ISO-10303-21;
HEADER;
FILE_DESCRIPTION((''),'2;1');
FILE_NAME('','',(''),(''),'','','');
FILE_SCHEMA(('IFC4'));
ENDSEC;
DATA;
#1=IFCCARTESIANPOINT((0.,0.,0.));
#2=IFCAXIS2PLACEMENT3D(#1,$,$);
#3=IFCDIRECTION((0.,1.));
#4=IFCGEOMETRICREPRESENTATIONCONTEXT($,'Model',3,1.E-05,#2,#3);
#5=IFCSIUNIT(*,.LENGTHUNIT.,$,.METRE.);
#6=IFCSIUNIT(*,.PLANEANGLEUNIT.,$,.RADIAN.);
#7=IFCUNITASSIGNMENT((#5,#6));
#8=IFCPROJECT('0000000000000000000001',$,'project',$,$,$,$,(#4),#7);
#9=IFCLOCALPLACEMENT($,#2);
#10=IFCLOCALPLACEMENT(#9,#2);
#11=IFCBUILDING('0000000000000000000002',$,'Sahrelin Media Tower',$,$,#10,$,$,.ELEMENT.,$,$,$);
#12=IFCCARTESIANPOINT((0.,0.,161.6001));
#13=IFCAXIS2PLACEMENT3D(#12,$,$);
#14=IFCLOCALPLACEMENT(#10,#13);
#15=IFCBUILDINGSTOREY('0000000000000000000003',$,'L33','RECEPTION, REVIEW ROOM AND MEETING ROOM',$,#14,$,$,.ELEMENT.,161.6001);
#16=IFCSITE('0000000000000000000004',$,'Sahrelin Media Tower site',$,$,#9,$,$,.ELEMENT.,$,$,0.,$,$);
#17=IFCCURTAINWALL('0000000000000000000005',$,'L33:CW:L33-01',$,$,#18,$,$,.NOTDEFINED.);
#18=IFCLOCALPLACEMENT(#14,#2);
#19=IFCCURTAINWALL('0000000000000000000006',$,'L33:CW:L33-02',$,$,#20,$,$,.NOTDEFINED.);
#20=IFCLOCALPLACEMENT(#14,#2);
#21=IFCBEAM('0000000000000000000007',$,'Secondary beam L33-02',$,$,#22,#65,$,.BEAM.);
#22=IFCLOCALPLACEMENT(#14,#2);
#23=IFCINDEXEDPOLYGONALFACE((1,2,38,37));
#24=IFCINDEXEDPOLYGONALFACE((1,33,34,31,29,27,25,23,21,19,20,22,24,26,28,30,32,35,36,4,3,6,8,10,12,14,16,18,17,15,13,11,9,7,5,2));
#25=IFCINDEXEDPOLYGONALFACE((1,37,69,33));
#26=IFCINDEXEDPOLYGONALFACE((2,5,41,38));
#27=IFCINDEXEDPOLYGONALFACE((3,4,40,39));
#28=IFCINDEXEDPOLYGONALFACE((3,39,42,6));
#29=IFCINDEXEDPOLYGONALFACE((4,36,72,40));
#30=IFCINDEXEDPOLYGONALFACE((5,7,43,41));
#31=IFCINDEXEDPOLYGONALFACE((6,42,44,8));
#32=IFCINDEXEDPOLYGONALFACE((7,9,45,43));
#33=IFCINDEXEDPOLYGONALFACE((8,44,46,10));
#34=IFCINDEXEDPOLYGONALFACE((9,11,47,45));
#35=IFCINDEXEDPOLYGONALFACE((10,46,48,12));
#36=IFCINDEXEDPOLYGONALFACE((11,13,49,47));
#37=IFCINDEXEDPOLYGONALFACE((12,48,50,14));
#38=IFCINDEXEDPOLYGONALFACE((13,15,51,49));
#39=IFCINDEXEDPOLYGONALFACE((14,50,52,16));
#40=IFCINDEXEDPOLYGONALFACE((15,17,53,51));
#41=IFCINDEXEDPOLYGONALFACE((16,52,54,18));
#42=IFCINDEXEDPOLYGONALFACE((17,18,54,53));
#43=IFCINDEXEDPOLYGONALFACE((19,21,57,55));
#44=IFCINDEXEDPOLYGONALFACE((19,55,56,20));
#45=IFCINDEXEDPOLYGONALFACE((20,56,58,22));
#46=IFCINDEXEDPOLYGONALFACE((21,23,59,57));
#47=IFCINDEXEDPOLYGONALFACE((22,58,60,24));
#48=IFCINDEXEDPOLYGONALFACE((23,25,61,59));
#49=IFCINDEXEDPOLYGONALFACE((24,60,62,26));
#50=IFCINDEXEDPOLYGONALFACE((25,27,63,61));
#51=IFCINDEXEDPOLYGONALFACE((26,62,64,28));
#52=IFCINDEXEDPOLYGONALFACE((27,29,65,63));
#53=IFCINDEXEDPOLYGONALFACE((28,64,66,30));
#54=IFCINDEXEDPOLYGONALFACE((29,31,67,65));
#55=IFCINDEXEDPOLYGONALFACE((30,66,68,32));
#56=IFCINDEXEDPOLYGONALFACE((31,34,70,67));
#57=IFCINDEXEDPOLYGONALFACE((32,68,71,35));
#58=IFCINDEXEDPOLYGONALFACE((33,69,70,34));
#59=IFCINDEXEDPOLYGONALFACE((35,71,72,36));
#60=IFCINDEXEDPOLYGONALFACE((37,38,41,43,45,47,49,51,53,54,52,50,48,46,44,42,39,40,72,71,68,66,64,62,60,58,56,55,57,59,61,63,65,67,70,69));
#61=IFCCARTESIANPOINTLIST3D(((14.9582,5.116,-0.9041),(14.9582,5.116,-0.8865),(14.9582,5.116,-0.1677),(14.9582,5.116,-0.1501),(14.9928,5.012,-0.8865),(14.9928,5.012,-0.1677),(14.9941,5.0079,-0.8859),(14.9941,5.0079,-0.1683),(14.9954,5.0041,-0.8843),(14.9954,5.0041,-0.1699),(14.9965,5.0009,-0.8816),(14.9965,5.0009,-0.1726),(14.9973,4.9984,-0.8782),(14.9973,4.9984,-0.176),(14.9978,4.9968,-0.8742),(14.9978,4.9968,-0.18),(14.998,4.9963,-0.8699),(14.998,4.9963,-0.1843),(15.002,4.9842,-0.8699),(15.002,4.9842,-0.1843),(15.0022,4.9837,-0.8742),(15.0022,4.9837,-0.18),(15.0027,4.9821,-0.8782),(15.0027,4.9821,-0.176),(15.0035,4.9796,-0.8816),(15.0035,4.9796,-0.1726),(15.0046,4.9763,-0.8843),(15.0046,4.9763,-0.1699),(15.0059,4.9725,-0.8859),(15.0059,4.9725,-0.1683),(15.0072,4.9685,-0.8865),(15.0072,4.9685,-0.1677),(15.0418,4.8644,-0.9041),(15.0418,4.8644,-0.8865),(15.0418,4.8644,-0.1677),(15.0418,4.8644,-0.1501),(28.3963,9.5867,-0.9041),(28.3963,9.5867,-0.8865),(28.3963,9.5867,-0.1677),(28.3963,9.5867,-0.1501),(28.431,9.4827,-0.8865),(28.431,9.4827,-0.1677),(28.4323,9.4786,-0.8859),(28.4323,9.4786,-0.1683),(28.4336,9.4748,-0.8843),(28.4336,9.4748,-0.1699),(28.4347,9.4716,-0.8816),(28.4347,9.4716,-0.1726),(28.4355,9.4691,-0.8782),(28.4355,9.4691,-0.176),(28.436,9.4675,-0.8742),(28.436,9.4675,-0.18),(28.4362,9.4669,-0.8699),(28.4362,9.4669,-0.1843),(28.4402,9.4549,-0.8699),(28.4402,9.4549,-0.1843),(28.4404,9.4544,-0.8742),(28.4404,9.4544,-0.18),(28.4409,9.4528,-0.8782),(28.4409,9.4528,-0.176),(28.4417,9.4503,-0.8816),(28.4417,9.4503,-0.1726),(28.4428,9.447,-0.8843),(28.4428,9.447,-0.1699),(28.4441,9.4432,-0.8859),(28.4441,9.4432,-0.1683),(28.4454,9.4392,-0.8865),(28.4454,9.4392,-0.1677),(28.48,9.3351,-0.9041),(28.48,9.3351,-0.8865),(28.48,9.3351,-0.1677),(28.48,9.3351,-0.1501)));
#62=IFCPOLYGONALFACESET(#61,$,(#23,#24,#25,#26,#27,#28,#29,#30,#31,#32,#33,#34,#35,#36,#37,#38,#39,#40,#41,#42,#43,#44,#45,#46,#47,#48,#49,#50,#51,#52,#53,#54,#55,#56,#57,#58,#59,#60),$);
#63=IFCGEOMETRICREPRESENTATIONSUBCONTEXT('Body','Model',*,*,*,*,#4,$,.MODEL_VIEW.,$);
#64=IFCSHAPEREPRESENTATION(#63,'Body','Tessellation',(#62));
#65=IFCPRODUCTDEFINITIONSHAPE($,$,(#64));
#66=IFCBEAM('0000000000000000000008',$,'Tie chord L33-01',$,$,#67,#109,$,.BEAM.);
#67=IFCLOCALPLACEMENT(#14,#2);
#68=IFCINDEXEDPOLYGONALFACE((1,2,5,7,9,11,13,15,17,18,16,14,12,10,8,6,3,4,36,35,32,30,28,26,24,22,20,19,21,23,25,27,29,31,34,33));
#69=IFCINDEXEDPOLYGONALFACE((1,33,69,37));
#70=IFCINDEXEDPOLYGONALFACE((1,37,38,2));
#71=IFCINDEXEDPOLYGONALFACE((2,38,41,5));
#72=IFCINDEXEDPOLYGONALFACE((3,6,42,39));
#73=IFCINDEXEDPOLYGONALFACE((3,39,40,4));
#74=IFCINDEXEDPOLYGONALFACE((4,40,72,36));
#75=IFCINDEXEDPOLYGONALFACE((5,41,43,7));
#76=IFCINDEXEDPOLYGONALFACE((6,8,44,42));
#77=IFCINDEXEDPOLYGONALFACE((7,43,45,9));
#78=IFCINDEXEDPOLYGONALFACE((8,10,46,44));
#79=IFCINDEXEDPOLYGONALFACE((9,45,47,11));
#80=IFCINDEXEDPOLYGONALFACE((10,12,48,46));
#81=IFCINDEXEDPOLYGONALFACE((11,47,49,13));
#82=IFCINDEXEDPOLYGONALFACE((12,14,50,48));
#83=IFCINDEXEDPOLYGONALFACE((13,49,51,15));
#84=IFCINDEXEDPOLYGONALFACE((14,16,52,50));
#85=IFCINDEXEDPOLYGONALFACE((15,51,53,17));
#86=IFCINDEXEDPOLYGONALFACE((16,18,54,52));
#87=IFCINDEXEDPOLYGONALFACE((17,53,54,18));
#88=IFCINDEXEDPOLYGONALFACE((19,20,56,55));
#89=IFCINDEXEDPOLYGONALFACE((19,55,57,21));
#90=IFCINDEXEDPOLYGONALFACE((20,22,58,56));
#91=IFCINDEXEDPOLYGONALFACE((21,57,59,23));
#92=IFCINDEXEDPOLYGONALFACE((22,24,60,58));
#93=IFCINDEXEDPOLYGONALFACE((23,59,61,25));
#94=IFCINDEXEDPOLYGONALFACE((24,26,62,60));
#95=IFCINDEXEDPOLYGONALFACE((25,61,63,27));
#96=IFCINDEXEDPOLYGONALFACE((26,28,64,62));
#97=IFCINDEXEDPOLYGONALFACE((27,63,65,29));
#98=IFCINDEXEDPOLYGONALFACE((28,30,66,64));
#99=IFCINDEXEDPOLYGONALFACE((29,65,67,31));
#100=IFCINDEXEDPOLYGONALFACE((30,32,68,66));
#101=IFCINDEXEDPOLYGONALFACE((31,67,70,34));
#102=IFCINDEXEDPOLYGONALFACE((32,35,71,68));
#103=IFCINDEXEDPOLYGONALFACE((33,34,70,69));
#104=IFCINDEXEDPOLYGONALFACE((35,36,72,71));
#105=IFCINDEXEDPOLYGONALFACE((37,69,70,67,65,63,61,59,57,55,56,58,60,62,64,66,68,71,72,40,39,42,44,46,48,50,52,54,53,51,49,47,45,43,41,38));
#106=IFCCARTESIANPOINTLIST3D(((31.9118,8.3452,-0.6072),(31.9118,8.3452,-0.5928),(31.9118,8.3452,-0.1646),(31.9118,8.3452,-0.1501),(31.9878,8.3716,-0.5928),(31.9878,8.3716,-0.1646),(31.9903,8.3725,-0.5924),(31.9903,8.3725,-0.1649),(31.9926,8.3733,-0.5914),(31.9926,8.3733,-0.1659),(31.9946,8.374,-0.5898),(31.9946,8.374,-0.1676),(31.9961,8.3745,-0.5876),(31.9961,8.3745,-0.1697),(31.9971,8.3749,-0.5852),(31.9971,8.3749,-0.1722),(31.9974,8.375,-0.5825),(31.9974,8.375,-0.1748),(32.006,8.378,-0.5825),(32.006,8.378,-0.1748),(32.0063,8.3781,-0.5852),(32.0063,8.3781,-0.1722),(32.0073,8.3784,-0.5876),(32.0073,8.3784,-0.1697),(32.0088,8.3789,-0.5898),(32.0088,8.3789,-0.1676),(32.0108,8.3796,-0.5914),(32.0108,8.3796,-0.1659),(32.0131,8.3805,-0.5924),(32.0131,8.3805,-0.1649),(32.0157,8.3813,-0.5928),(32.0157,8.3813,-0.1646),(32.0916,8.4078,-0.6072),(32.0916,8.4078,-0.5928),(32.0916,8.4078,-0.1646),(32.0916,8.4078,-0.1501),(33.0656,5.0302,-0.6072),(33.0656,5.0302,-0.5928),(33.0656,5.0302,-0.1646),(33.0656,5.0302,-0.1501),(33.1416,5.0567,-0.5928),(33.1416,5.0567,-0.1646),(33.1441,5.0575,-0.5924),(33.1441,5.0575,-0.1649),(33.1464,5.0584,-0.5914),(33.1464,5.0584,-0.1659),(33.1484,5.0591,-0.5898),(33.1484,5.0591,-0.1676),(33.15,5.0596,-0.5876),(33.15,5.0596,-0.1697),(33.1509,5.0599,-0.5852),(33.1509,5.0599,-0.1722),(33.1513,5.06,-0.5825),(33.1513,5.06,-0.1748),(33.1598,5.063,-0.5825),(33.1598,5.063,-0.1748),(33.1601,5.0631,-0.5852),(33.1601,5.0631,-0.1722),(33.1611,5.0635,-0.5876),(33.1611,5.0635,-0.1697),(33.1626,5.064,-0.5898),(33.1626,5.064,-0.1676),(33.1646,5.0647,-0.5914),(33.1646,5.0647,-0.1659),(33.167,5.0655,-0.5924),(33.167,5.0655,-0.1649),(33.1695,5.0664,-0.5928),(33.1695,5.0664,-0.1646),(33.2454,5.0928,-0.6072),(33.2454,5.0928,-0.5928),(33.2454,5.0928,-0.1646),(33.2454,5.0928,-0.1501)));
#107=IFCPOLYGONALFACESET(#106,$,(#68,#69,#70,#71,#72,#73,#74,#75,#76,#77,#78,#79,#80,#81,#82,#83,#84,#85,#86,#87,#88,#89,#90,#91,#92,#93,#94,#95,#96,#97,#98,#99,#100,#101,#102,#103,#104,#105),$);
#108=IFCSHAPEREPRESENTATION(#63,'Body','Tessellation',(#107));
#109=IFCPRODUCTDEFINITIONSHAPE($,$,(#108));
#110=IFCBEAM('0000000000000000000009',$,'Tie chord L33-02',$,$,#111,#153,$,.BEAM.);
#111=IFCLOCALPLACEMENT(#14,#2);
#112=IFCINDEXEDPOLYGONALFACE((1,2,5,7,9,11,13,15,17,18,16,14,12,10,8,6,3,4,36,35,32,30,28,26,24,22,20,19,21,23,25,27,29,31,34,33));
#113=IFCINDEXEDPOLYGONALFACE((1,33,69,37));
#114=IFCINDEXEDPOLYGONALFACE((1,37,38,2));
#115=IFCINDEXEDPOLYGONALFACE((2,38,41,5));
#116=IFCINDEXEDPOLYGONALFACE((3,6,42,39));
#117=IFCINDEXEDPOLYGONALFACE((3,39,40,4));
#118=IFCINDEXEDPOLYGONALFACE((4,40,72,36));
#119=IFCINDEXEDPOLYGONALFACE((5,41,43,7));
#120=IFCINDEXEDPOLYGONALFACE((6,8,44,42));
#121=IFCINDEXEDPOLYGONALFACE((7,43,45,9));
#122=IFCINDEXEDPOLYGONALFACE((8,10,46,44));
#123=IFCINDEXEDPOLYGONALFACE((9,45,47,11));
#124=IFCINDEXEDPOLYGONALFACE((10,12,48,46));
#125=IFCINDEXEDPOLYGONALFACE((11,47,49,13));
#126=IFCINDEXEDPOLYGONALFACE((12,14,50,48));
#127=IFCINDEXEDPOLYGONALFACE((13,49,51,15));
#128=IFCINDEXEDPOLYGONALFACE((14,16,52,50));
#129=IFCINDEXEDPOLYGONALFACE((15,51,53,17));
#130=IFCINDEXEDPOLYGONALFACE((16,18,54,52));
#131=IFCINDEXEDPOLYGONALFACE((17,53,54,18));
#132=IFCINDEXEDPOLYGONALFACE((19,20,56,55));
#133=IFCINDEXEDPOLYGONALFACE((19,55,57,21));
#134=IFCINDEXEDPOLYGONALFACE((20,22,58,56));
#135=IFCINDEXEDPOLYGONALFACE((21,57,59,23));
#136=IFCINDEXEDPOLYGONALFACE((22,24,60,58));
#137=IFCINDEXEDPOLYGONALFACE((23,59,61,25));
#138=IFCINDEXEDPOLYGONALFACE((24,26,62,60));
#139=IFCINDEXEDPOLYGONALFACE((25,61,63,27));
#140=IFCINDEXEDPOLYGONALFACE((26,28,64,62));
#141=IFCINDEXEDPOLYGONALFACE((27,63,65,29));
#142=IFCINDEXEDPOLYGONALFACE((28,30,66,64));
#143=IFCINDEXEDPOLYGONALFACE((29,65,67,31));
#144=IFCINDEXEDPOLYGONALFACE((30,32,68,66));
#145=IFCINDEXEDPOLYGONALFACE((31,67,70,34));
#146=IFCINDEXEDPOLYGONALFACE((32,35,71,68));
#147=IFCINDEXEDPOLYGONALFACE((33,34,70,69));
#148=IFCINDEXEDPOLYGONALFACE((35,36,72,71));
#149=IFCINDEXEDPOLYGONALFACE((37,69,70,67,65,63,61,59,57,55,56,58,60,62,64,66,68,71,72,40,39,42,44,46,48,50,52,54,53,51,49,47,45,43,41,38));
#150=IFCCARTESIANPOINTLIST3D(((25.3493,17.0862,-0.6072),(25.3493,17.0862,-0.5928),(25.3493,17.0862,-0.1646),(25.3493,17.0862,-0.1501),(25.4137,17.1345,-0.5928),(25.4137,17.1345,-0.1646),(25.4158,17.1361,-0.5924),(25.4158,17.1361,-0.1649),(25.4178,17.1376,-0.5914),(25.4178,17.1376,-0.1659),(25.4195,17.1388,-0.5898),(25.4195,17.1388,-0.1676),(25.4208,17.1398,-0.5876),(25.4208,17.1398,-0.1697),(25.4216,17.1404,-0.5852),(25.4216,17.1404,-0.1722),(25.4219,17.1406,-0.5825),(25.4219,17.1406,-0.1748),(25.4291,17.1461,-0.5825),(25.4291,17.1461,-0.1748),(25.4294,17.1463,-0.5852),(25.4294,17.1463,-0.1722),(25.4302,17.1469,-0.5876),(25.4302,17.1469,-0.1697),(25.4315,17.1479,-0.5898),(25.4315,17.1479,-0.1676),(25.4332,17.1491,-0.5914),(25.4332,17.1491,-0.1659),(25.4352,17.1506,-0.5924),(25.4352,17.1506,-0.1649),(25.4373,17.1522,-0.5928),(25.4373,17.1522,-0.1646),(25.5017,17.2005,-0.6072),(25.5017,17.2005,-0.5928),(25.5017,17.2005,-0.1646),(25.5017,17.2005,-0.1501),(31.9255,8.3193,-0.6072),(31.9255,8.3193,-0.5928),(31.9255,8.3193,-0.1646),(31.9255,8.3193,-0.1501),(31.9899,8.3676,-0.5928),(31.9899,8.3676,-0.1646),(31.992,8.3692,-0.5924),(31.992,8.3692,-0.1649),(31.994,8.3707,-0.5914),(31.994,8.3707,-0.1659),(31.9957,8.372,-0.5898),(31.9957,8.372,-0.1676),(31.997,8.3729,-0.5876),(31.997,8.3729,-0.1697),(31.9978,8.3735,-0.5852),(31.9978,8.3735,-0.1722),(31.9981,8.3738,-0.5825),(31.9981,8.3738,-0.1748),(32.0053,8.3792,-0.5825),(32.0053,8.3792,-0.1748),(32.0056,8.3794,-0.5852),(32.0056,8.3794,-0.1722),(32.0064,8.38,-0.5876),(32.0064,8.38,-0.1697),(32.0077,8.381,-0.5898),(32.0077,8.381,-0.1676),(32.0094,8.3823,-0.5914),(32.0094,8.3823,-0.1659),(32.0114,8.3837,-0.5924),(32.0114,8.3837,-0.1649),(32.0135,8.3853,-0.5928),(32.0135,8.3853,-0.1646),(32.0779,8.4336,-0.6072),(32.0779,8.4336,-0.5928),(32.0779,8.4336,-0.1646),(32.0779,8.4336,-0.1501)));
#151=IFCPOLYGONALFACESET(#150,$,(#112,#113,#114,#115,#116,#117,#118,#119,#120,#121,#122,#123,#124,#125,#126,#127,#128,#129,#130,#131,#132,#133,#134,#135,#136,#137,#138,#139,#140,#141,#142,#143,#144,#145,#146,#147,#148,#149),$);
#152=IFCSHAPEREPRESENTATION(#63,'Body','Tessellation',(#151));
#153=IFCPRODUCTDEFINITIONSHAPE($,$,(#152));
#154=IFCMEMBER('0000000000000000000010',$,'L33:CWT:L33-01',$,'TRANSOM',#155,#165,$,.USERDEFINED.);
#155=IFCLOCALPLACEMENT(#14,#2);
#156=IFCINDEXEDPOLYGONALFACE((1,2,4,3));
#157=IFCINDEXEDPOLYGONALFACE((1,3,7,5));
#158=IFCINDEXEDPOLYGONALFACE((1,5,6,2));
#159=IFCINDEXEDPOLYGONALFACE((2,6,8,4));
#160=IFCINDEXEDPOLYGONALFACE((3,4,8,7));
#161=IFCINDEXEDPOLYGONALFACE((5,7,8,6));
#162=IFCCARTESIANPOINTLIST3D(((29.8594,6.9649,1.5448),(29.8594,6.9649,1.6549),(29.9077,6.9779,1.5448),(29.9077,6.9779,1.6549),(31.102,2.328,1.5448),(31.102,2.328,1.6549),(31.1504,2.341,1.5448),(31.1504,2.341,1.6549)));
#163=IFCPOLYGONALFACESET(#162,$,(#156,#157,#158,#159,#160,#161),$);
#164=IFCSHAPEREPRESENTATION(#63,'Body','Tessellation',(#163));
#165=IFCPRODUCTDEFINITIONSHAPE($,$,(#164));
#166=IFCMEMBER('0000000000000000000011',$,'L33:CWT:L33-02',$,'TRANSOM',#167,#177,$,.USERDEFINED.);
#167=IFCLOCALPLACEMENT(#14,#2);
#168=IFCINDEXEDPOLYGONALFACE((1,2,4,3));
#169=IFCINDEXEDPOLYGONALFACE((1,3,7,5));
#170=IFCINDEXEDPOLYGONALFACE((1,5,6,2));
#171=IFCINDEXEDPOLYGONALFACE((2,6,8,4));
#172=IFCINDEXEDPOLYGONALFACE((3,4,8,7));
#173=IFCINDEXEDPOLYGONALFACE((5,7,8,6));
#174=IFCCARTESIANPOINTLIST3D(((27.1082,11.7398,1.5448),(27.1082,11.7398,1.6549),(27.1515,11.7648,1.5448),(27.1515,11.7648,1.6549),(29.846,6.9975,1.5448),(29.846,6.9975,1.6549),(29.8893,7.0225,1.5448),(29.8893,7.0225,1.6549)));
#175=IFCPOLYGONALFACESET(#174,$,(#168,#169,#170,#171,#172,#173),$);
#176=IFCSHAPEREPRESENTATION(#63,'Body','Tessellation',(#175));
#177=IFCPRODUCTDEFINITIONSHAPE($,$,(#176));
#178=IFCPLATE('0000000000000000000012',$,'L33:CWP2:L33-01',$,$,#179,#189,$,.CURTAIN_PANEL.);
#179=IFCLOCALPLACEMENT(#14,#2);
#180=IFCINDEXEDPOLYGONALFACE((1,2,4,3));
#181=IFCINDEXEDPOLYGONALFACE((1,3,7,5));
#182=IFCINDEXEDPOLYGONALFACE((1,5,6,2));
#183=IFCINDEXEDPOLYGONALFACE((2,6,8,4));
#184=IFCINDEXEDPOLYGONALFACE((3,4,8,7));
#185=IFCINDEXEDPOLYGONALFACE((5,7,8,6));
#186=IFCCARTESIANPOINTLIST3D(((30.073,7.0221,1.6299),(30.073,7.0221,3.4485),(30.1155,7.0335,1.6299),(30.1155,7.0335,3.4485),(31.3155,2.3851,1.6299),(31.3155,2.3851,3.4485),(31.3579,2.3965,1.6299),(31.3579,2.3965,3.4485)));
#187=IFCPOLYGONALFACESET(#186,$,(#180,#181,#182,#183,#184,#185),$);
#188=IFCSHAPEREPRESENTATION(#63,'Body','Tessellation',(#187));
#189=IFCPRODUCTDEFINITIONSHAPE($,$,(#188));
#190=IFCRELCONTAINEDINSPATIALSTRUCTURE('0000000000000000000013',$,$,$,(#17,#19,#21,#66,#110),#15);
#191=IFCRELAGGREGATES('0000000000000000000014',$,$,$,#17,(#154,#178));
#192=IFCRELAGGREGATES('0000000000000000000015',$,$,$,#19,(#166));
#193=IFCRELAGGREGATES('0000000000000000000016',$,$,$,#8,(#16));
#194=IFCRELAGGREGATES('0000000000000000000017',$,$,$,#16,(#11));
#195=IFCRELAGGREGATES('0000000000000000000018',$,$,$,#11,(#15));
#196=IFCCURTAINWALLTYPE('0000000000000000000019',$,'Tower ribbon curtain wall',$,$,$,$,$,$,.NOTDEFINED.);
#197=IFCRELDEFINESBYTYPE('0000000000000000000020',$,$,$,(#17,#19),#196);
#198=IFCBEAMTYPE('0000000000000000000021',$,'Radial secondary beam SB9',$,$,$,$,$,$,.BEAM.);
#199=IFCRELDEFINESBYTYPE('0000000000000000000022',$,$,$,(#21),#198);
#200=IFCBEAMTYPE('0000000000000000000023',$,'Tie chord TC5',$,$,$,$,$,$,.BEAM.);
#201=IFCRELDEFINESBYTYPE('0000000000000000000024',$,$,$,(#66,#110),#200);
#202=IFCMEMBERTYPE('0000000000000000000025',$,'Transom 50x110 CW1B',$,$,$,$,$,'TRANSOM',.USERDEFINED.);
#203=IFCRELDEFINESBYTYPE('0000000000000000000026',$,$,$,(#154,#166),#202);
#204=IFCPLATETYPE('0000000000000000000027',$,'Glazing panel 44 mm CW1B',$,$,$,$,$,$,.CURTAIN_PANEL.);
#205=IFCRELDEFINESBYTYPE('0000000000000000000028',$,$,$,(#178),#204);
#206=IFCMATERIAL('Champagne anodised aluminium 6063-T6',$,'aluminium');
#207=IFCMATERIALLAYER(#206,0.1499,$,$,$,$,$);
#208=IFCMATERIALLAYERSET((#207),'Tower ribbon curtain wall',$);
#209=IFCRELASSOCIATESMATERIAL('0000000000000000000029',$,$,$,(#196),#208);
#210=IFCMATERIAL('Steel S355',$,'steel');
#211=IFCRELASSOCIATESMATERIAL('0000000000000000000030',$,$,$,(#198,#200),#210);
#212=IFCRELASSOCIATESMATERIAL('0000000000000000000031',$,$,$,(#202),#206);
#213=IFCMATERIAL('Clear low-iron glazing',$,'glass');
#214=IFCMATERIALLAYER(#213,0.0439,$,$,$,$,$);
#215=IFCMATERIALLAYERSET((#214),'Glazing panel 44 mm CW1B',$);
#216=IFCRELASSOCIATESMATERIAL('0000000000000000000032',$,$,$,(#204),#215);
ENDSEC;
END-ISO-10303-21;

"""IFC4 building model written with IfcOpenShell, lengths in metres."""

from ifc_helpers import new_model, si_unit, direction, frame, origin, origin_2d, place, context, subcontext, project, spatial, polyline, rectangle, i_section, outline, extrude, material, layer, layer_set, material_profile, profile_set, type_object, element, aggregate, save


model = new_model("IFC4")

# Units and contexts
model_context = context("Model", 3, precision=1e-05, world=origin(), true_north=direction((0.0, 1.0)))
body_context = subcontext(model_context, "Body", "Model", "MODEL_VIEW")
ifc_project = project(units=[si_unit("LENGTHUNIT", "METRE"), si_unit("PLANEANGLEUNIT", "RADIAN")], contexts=[model_context])

# Site, building, storey
site_placement = place(None, origin())
site = spatial("IfcSite", under=ifc_project, at=site_placement, Name="Sahrelin Media Tower site", CompositionType="ELEMENT", RefElevation=0.0)
building_placement = place(site_placement, origin())
building = spatial("IfcBuilding", under=site, at=building_placement, Name="Sahrelin Media Tower", CompositionType="ELEMENT")
storey_placement = place(building_placement, frame((0.0, 0.0, 161.6001)))
storey = spatial("IfcBuildingStorey", under=building, at=storey_placement, Name="L33", Description="RECEPTION, REVIEW ROOM AND MEETING ROOM", CompositionType="ELEMENT", Elevation=161.6001)

# Shared definitions
ifc_material_1 = material(Name="Steel S355", Category="steel")

# Curtain walls
ifc_material_2 = material(Name="Champagne anodised aluminium 6063-T6", Category="aluminium")
ifc_layer_1 = layer(ifc_material_2, 0.1499)
ifc_layer_set_1 = layer_set([ifc_layer_1], Name="Tower ribbon curtain wall")
curtain_wall_type = type_object("IfcCurtainWallType", Name="Tower ribbon curtain wall", PredefinedType="NOTDEFINED", material=ifc_layer_set_1)
curtain_wall_1_placement = place(storey_placement, frame((30.7173, 4.7097, 0.0), z_axis=(0.0, 0.0, 1.0), x_axis=(1.0, 0.0, 0.0)))
curtain_wall_1 = element("IfcCurtainWall", 1, at=curtain_wall_1_placement, inside=storey, type_object=curtain_wall_type, Name="L33:CW:L33-01", PredefinedType="NOTDEFINED")
curtain_wall_2_placement = place(storey_placement, frame((28.6892, 9.491, 0.0), z_axis=(0.0, 0.0, 1.0), x_axis=(1.0, 0.0, 0.0)))
curtain_wall_2 = element("IfcCurtainWall", 2, at=curtain_wall_2_placement, inside=storey, type_object=curtain_wall_type, Name="L33:CW:L33-02", PredefinedType="NOTDEFINED")

# Beams
ifc_material_profile_1 = material_profile(ifc_material_1, i_section(OverallWidth=0.2651, OverallDepth=0.7539, WebThickness=0.0127, FlangeThickness=0.0176, FilletRadius=0.0166, at=origin_2d()), Name="UB 762x267x147")
ifc_profile_set_1 = profile_set([ifc_material_profile_1], Name="Steel S355")
beam_type_1 = type_object("IfcBeamType", Name="Radial secondary beam SB9", PredefinedType="BEAM", material=ifc_profile_set_1)
beam_1_placement = place(storey_placement, frame((15.0, 4.9902, -0.5271), z_axis=(0.948868, 0.315674, 0.0), x_axis=(-0.315674, 0.948868, 0.0)))
element("IfcBeam", 3, at=beam_1_placement, inside=storey, type_object=beam_type_1, Name="Secondary beam L33-02", PredefinedType="BEAM", context=body_context, shape_type="SweptSolid", body=[
    extrude(i_section(OverallWidth=0.2651, OverallDepth=0.7539, WebThickness=0.0127, FlangeThickness=0.0176, FilletRadius=0.0166, at=origin_2d()), origin(), (0.0, 0.0, 1.0), 14.1624),
])
ifc_material_profile_2 = material_profile(ifc_material_1, i_section(OverallWidth=0.1904, OverallDepth=0.457, WebThickness=0.009, FlangeThickness=0.0144, FilletRadius=0.0103, at=origin_2d()), Name="UB 457x191x74")
ifc_profile_set_2 = profile_set([ifc_material_profile_2], Name="Steel S355")
beam_type_2 = type_object("IfcBeamType", Name="Tie chord TC5", PredefinedType="BEAM", material=ifc_profile_set_2)
beam_2_placement = place(storey_placement, frame((33.1555, 5.0615, -0.3787), z_axis=(-0.32872, 0.944427, 0.0), x_axis=(-0.944427, -0.32872, 0.0)))
element("IfcBeam", 4, at=beam_2_placement, inside=storey, type_object=beam_type_2, Name="Tie chord L33-01", PredefinedType="BEAM", context=body_context, shape_type="SweptSolid", body=[
    extrude(i_section(OverallWidth=0.1904, OverallDepth=0.457, WebThickness=0.009, FlangeThickness=0.0144, FilletRadius=0.0103, at=origin_2d()), origin(), (0.0, 0.0, 1.0), 3.51),
])
beam_3_placement = place(storey_placement, frame((32.0017, 8.3765, -0.3787), z_axis=(-0.600061, 0.799955, 0.0), x_axis=(-0.799955, -0.600061, 0.0)))
element("IfcBeam", 5, at=beam_3_placement, inside=storey, type_object=beam_type_2, Name="Tie chord L33-02", PredefinedType="BEAM", context=body_context, shape_type="SweptSolid", body=[
    extrude(i_section(OverallWidth=0.1904, OverallDepth=0.457, WebThickness=0.009, FlangeThickness=0.0144, FilletRadius=0.0103, at=origin_2d()), origin(), (0.0, 0.0, 1.0), 10.9592),
])

# Members
ifc_material_profile_3 = material_profile(ifc_material_2, rectangle(XDim=0.05, YDim=0.1101, at=origin_2d()), Name="Transom 50x110")
ifc_profile_set_3 = profile_set([ifc_material_profile_3], Name="Champagne anodised aluminium 6063-T6")
member_type_1 = type_object("IfcMemberType", Name="Transom 50x110 CW1B", ElementType="TRANSOM", PredefinedType="USERDEFINED", material=ifc_profile_set_3)
member_1_placement = place(storey_placement, frame((31.1262, 2.3345, 1.5999), z_axis=(-0.258859, 0.965915, 0.0), x_axis=(-0.965915, -0.258859, 0.0)))
member_1 = element("IfcMember", 6, at=member_1_placement, type_object=member_type_1, Name="L33:CWT:L33-01", ObjectType="TRANSOM", PredefinedType="USERDEFINED", context=body_context, shape_type="SweptSolid", body=[
    extrude(rectangle(XDim=0.05, YDim=0.1101, at=origin_2d()), origin(), (0.0, 0.0, 1.0), 4.8005),
])
member_2_placement = place(storey_placement, frame((29.8677, 7.01, 1.5999), z_axis=(-0.499985, 0.866034, 0.0), x_axis=(-0.866034, -0.499985, 0.0)))
member_2 = element("IfcMember", 7, at=member_2_placement, type_object=member_type_1, Name="L33:CWT:L33-02", ObjectType="TRANSOM", PredefinedType="USERDEFINED", context=body_context, shape_type="SweptSolid", body=[
    extrude(rectangle(XDim=0.05, YDim=0.1101, at=origin_2d()), origin(), (0.0, 0.0, 1.0), 5.4758),
])

# Plate
ifc_material_3 = material(Name="Clear low-iron glazing", Category="glass")
ifc_layer_2 = layer(ifc_material_3, 0.0439)
ifc_layer_set_2 = layer_set([ifc_layer_2], Name="Glazing panel 44 mm CW1B")
plate_type_1 = type_object("IfcPlateType", Name="Glazing panel 44 mm CW1B", PredefinedType="CURTAIN_PANEL", material=ifc_layer_set_2)
plate_1_placement = place(storey_placement, frame((31.3579, 2.3965, 1.6299), z_axis=(0.965928, 0.258811, 0.0), x_axis=(-0.258811, 0.965928, 0.0)))
plate_1 = element("IfcPlate", 8, at=plate_1_placement, type_object=plate_type_1, Name="L33:CWP2:L33-01", PredefinedType="CURTAIN_PANEL", context=body_context, shape_type="SweptSolid", body=[
    extrude(outline(polyline([(0.0, 0.0), (4.8005, 0.0), (4.8005, 1.8186), (0.0, 1.8186), (0.0, 0.0)])), origin(), (0.0, 0.0, -1.0), 0.0439),
])
aggregate(curtain_wall_1, [member_1, plate_1])
aggregate(curtain_wall_2, [member_2])

save(model, "model.ifc")
